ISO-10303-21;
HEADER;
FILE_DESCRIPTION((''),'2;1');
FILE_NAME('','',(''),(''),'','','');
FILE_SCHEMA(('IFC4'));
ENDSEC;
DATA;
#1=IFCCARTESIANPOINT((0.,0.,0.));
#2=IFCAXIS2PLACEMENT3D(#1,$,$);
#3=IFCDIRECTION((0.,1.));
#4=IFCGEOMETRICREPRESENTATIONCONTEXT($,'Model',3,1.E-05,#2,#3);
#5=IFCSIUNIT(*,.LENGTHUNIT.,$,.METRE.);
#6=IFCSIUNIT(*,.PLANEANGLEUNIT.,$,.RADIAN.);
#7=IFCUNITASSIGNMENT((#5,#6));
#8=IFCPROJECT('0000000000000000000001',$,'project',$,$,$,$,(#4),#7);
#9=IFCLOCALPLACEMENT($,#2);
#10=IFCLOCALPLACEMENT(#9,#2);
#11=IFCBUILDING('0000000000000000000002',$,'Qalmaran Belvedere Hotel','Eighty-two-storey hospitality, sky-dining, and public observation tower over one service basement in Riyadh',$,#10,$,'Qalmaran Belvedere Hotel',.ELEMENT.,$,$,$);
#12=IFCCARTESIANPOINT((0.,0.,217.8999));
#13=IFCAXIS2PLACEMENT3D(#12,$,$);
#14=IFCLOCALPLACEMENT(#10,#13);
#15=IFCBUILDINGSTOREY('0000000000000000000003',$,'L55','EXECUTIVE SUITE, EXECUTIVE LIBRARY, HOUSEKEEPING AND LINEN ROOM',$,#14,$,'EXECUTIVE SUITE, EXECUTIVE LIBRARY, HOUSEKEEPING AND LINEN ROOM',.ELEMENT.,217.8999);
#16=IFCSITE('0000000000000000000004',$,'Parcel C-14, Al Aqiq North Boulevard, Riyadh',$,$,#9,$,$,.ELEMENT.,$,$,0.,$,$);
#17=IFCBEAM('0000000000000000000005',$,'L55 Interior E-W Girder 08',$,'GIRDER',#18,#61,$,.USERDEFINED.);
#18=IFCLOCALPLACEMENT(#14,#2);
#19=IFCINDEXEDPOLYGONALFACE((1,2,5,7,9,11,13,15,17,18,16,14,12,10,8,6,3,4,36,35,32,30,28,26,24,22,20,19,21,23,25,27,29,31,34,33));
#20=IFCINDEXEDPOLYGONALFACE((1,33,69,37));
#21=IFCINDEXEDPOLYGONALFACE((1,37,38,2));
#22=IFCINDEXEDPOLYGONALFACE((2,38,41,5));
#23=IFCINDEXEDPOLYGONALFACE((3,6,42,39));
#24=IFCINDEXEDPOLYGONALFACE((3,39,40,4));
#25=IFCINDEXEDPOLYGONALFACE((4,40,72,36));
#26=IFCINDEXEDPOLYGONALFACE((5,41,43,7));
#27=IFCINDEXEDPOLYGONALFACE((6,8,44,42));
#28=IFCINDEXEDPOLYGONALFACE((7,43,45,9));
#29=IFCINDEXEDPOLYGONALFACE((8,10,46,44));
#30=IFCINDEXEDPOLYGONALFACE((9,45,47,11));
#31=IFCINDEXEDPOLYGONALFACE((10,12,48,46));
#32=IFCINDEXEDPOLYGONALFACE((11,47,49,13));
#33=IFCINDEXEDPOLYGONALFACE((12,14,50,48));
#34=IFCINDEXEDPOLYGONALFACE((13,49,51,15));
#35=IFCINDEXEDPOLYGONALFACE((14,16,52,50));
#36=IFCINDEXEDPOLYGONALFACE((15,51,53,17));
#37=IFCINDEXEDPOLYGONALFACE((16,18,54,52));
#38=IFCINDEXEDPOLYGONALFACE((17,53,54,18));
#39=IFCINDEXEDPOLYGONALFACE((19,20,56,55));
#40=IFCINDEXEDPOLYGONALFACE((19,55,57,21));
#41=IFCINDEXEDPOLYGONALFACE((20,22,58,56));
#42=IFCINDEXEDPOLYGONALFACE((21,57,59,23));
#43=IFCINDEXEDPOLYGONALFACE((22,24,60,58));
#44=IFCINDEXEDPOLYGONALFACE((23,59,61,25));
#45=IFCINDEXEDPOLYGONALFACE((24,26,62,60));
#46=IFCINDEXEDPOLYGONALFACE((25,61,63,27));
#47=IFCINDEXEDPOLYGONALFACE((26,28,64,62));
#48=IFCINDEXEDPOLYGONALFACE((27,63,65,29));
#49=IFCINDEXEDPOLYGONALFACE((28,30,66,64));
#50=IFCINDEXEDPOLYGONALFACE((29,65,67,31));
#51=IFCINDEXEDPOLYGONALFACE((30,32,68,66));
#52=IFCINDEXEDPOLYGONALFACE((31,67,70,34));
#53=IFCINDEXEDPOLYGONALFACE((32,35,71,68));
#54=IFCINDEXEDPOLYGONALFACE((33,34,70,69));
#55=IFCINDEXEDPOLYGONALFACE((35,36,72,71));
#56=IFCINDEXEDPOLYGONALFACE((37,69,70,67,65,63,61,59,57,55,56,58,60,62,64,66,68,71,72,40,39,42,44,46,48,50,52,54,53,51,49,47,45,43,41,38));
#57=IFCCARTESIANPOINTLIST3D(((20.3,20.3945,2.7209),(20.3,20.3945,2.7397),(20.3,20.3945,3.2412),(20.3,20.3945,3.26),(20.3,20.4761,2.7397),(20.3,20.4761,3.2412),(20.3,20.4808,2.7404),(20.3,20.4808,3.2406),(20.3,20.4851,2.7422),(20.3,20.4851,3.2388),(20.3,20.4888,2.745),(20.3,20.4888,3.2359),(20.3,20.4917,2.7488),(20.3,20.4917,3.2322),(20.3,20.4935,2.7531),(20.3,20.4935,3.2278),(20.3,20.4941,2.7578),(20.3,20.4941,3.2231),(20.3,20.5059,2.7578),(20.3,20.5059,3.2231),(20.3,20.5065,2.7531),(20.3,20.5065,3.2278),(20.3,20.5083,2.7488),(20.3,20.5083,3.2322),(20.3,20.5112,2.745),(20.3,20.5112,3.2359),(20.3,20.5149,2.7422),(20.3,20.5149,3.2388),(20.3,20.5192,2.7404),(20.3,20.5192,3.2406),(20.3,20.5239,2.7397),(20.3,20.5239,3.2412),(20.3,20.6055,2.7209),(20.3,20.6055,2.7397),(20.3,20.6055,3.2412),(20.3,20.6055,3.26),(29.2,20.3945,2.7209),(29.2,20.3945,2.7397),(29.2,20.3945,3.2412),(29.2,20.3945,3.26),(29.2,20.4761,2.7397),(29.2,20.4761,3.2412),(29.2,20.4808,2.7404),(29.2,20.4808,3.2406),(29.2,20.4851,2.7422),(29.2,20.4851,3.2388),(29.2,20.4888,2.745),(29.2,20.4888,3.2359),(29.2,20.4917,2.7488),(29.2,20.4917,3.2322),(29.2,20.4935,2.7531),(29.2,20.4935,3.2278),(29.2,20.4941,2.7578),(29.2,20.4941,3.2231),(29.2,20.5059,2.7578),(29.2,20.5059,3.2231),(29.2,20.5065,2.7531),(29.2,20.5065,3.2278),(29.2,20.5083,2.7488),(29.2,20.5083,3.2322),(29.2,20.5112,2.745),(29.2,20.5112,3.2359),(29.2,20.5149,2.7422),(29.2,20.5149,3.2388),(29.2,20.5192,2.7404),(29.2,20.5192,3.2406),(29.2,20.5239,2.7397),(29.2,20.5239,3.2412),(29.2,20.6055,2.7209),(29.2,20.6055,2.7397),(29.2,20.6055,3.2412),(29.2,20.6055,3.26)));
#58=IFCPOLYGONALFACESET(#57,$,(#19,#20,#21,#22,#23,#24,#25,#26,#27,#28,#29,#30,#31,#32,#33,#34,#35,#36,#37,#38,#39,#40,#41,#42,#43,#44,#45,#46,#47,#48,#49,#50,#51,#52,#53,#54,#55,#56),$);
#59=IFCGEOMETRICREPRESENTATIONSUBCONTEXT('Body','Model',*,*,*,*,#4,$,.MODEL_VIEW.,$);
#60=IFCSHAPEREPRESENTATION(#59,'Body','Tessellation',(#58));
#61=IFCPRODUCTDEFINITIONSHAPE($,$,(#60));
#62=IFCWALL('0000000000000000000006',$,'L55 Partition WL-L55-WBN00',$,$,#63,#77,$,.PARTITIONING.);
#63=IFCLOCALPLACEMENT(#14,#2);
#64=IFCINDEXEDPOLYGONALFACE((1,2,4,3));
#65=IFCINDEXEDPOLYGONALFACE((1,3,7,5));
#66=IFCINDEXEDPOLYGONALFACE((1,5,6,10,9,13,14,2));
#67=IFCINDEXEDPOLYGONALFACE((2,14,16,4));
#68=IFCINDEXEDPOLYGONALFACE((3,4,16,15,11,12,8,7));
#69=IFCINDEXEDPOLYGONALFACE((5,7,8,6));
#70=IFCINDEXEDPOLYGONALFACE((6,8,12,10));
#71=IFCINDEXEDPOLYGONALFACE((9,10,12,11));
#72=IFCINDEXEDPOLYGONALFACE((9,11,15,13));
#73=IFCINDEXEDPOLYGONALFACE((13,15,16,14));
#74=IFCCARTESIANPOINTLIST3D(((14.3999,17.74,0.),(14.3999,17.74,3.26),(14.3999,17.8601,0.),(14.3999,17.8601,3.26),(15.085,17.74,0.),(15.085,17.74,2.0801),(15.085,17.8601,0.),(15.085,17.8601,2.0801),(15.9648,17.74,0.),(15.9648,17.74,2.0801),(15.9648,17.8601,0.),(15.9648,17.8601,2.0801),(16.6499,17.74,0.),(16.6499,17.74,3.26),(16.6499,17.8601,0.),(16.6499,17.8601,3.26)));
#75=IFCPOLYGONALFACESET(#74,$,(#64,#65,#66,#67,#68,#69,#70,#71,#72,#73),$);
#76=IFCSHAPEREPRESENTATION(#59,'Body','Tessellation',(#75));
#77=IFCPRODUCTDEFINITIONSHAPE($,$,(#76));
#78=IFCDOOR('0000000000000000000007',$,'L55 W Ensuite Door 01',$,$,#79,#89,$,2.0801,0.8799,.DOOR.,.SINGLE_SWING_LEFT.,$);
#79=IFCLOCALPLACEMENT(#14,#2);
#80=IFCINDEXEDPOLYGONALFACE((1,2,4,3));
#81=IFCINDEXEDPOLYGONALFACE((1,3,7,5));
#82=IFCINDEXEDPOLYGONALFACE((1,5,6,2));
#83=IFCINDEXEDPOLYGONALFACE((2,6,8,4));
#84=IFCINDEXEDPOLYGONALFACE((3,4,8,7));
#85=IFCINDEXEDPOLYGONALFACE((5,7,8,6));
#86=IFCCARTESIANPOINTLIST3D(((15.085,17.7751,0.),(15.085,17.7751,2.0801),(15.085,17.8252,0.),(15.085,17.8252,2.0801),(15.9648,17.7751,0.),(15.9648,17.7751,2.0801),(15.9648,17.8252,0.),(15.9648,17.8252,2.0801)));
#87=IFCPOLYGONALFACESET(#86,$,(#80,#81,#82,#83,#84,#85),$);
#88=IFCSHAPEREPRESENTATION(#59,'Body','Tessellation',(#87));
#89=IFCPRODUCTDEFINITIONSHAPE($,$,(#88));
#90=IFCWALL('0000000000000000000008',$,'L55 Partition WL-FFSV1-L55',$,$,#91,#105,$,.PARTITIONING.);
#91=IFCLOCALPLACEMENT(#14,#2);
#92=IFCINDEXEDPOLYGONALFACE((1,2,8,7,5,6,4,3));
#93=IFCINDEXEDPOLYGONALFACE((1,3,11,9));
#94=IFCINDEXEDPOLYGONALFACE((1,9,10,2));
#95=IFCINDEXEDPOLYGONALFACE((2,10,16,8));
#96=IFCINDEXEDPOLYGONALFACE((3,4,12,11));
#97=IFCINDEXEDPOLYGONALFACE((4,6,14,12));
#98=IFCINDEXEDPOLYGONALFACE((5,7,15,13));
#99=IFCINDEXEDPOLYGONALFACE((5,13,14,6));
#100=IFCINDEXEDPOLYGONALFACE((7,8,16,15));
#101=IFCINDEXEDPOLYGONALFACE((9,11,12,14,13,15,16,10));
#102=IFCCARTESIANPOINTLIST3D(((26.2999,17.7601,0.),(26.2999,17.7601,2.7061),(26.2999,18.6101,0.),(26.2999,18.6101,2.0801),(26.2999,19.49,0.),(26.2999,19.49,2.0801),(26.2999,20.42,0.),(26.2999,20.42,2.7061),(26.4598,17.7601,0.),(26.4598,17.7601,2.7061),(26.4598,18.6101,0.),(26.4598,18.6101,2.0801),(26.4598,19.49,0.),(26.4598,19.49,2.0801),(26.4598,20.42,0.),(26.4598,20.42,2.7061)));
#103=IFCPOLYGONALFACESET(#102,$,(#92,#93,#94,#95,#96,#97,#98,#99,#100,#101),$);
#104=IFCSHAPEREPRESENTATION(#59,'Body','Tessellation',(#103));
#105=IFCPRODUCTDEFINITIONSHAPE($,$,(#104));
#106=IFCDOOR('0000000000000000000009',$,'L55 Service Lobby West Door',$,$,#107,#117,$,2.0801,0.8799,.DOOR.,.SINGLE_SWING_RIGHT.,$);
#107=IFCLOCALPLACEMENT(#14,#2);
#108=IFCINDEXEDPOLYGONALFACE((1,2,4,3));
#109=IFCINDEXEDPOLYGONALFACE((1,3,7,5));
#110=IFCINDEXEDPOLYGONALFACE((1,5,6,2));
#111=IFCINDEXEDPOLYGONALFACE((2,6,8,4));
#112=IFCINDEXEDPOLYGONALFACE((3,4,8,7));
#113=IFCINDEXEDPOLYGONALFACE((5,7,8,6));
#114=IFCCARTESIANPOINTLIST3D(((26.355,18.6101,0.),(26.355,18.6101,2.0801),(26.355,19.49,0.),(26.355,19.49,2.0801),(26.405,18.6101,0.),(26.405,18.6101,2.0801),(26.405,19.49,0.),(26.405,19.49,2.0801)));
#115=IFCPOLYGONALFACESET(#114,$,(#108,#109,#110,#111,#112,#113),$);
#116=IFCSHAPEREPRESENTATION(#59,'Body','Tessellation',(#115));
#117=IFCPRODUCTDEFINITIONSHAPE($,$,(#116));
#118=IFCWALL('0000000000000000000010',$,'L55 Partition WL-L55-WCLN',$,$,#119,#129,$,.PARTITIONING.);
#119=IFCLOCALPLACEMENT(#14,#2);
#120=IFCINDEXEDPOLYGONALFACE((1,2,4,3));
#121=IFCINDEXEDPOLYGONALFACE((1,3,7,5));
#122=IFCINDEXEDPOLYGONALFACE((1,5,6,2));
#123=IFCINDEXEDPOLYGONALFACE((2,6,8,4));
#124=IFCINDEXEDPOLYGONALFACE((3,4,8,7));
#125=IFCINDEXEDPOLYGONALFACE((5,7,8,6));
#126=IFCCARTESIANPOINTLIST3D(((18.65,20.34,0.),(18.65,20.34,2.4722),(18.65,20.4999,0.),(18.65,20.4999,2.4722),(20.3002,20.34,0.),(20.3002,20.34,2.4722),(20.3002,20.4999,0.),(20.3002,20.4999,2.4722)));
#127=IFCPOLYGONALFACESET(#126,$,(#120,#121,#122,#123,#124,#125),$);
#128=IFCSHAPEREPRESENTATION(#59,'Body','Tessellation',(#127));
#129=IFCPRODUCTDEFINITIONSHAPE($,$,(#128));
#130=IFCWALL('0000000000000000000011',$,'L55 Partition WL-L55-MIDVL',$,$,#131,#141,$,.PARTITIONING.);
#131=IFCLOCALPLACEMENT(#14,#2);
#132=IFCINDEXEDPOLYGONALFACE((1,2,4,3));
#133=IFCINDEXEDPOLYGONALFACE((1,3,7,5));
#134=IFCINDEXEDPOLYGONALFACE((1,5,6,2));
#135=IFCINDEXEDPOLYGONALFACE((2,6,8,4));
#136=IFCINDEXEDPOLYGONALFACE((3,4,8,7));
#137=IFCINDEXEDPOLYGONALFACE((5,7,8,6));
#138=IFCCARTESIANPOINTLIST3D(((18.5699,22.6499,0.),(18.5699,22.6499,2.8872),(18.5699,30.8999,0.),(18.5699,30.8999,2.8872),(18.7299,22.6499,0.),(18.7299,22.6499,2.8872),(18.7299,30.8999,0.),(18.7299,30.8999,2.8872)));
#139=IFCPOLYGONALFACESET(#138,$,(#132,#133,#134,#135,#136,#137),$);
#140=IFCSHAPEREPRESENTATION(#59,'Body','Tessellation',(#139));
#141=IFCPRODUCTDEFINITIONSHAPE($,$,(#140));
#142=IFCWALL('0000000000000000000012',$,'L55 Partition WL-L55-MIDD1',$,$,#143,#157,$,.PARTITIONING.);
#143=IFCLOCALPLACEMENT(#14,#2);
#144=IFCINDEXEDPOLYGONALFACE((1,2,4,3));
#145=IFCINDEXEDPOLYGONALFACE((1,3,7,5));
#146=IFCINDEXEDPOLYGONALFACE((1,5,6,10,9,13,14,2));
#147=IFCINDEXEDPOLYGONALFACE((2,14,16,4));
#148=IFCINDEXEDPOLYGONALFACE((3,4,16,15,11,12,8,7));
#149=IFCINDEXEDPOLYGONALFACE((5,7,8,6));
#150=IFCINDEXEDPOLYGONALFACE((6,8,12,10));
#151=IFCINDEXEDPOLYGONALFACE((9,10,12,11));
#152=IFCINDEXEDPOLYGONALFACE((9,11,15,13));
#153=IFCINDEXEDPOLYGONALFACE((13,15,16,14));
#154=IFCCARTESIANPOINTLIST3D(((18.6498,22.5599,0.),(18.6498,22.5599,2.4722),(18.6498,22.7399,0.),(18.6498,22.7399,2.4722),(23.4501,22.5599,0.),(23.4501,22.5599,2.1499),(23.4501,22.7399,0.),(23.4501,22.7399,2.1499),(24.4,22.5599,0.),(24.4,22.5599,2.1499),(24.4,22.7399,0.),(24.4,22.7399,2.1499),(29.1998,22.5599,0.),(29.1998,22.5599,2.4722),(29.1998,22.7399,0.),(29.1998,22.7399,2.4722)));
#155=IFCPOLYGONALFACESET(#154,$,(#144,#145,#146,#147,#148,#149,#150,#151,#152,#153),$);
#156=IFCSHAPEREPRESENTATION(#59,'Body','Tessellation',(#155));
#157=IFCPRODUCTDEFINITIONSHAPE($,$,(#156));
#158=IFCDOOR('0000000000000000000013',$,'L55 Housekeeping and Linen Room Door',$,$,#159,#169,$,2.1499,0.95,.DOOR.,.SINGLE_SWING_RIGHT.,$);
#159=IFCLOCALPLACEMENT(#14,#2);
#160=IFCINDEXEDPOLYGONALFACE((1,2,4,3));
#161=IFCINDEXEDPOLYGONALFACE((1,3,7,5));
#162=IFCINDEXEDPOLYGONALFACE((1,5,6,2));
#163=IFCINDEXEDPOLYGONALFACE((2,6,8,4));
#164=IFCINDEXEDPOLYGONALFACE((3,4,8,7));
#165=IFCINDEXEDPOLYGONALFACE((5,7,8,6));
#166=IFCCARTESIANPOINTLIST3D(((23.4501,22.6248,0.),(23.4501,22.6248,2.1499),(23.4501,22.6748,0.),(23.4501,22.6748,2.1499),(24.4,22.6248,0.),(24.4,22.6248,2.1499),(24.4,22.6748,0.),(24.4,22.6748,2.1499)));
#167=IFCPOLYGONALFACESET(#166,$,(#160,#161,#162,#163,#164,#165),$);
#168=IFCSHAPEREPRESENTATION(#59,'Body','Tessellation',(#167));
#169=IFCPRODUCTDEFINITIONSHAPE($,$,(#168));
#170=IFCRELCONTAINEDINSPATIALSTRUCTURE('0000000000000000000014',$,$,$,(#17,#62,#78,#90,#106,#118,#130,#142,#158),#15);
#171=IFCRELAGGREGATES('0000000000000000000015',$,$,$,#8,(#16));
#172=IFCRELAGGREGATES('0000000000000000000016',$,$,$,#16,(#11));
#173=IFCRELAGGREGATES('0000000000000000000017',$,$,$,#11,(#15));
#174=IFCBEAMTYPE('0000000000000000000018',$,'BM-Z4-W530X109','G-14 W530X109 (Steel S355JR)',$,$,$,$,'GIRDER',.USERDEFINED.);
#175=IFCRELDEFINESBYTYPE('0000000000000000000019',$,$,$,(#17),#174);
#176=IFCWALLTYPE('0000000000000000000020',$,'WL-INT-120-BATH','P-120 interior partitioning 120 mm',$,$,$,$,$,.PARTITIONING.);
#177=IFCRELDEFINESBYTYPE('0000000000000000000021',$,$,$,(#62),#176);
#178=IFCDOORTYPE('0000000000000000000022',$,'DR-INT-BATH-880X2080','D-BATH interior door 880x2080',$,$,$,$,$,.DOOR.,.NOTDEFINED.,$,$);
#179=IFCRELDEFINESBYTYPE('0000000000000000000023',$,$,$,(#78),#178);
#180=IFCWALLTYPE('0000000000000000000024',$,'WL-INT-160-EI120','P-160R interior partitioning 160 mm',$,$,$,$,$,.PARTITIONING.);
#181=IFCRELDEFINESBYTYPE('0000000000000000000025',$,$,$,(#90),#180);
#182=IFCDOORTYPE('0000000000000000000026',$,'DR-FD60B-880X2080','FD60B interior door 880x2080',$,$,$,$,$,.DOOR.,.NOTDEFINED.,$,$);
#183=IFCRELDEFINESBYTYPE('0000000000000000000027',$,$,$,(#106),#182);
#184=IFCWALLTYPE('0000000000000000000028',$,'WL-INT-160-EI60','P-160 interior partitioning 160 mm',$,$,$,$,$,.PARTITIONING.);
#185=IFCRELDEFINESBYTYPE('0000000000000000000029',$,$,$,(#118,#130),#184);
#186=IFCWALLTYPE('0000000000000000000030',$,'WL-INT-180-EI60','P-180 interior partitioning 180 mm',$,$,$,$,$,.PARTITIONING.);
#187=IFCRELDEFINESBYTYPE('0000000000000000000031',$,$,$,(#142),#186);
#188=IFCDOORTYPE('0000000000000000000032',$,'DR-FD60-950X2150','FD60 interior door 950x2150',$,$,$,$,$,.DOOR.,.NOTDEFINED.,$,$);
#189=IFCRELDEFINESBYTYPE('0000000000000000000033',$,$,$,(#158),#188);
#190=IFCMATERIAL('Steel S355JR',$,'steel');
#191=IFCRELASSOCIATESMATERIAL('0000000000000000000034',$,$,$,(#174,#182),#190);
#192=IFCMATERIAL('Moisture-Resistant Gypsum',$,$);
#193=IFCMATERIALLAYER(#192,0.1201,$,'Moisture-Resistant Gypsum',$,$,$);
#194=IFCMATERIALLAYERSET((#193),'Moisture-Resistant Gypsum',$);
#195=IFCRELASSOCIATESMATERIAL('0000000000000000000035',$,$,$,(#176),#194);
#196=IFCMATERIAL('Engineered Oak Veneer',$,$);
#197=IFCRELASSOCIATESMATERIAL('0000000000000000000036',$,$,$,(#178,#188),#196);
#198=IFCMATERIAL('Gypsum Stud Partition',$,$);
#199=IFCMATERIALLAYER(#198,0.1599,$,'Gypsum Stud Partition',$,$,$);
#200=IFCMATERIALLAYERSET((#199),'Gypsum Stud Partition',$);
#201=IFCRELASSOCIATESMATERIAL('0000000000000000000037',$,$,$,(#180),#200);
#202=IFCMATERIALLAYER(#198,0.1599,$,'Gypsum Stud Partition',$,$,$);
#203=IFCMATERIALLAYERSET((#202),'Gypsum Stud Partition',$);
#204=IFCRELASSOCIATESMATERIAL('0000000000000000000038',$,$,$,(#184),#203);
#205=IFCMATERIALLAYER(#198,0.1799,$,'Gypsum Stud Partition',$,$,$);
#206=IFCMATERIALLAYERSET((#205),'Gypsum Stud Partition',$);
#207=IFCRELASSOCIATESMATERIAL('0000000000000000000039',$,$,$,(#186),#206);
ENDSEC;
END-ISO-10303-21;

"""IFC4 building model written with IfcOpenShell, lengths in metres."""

from ifc_helpers import new_model, si_unit, direction, frame, frame_2d, origin, origin_2d, place, context, subcontext, project, spatial, rectangle, i_section, extrude, material, layer, layer_set, material_profile, profile_set, type_object, element, fill, save


model = new_model("IFC4")

# Units and contexts
model_context = context("Model", 3, precision=1e-05, world=origin(), true_north=direction((0.0, 1.0)))
body_context = subcontext(model_context, "Body", "Model", "MODEL_VIEW")
ifc_project = project(units=[si_unit("LENGTHUNIT", "METRE"), si_unit("PLANEANGLEUNIT", "RADIAN")], contexts=[model_context])

# Site, building, storey
site_placement = place(None, origin())
site = spatial("IfcSite", under=ifc_project, at=site_placement, Name="Parcel C-14, Al Aqiq North Boulevard, Riyadh", CompositionType="ELEMENT", RefElevation=0.0)
building_placement = place(site_placement, origin())
building = spatial("IfcBuilding", under=site, at=building_placement, Name="Qalmaran Belvedere Hotel", Description="Eighty-two-storey hospitality, sky-dining, and public observation tower over one service basement in Riyadh", LongName="Qalmaran Belvedere Hotel", CompositionType="ELEMENT")
storey_placement = place(building_placement, frame((0.0, 0.0, 217.8999)))
storey = spatial("IfcBuildingStorey", under=building, at=storey_placement, Name="L55", Description="EXECUTIVE SUITE, EXECUTIVE LIBRARY, HOUSEKEEPING AND LINEN ROOM", LongName="EXECUTIVE SUITE, EXECUTIVE LIBRARY, HOUSEKEEPING AND LINEN ROOM", CompositionType="ELEMENT", Elevation=217.8999)

# Beam
ifc_material_1 = material(Name="Steel S355JR", Category="steel")
ifc_material_profile_1 = material_profile(ifc_material_1, i_section(OverallWidth=0.2109, OverallDepth=0.5391, WebThickness=0.0117, FlangeThickness=0.0188, FilletRadius=0.0181, at=origin_2d()), Name="W530X109")
ifc_profile_set_1 = profile_set([ifc_material_profile_1], Name="Steel S355JR")
beam_type_1 = type_object("IfcBeamType", Name="BM-Z4-W530X109", Description="G-14 W530X109 (Steel S355JR)", ElementType="GIRDER", PredefinedType="USERDEFINED", material=ifc_profile_set_1)
beam_1_placement = place(storey_placement, frame((20.3, 20.5, 2.9905), z_axis=(1.0, 0.0, 0.0), x_axis=(0.0, 1.0, 0.0)))
element("IfcBeam", 1, at=beam_1_placement, inside=storey, type_object=beam_type_1, Name="L55 Interior E-W Girder 08", ObjectType="GIRDER", PredefinedType="USERDEFINED", context=body_context, shape_type="SweptSolid", body=[
    extrude(i_section(OverallWidth=0.2109, OverallDepth=0.5391, WebThickness=0.0117, FlangeThickness=0.0188, FilletRadius=0.0181, at=origin_2d()), origin(), (0.0, 0.0, 1.0), 8.8999),
])

# Walls, openings, doors
ifc_material_2 = material(Name="Moisture-Resistant Gypsum")
ifc_layer_1 = layer(ifc_material_2, 0.1201, Name="Moisture-Resistant Gypsum")
ifc_layer_set_1 = layer_set([ifc_layer_1], Name="Moisture-Resistant Gypsum")
wall_type_1 = type_object("IfcWallType", Name="WL-INT-120-BATH", Description="P-120 interior partitioning 120 mm", PredefinedType="PARTITIONING", material=ifc_layer_set_1)
wall_1_placement = place(storey_placement, frame((14.3999, 17.8, 0.0), z_axis=(0.0, 0.0, 1.0), x_axis=(1.0, 0.0, 0.0)))
wall_1 = element("IfcWall", 2, at=wall_1_placement, inside=storey, type_object=wall_type_1, Name="L55 Partition WL-L55-WBN00", PredefinedType="PARTITIONING", context=body_context, shape_type="SweptSolid", body=[
    extrude(rectangle(XDim=2.25, YDim=0.1201, at=frame_2d((1.125, 0.0))), origin(), (0.0, 0.0, 1.0), 3.26),
])
opening_1_placement = place(wall_1_placement, frame((1.5649, 0.0, 0.0), z_axis=(0.0, 0.0, 1.0), x_axis=(-1.0, 0.0, 0.0)))
opening_1 = element("IfcOpeningElement", 3, at=opening_1_placement, cuts=wall_1, PredefinedType="OPENING", context=body_context, shape_type="SweptSolid", body=[
    extrude(rectangle(XDim=0.8799, YDim=2.0801, at=frame_2d((0.4399, 1.04))), frame((0.0, 0.0701, 0.0), z_axis=(0.0, -1.0, 0.0), x_axis=(1.0, 0.0, 0.0)), (0.0, 0.0, 1.0), 0.1401),
])
ifc_material_3 = material(Name="Engineered Oak Veneer")
door_type_1 = type_object("IfcDoorType", Name="DR-INT-BATH-880X2080", Description="D-BATH interior door 880x2080", OperationType="NOTDEFINED", PredefinedType="DOOR", material=ifc_material_3)
door_1_placement = place(opening_1_placement, origin())
door_1 = element("IfcDoor", 4, at=door_1_placement, inside=storey, type_object=door_type_1, Name="L55 W Ensuite Door 01", OperationType="SINGLE_SWING_LEFT", OverallHeight=2.0801, OverallWidth=0.8799, PredefinedType="DOOR", context=body_context, shape_type="SweptSolid", body=[
    extrude(rectangle(XDim=0.8799, YDim=2.0801, at=frame_2d((0.4399, 1.04))), frame((0.0, 0.0249, 0.0), z_axis=(0.0, -1.0, 0.0), x_axis=(1.0, 0.0, 0.0)), (0.0, 0.0, 1.0), 0.05),
])
fill(opening_1, door_1)
ifc_material_4 = material(Name="Gypsum Stud Partition")
ifc_layer_2 = layer(ifc_material_4, 0.1599, Name="Gypsum Stud Partition")
ifc_layer_set_2 = layer_set([ifc_layer_2], Name="Gypsum Stud Partition")
wall_type_2 = type_object("IfcWallType", Name="WL-INT-160-EI120", Description="P-160R interior partitioning 160 mm", PredefinedType="PARTITIONING", material=ifc_layer_set_2)
wall_2_placement = place(storey_placement, frame((26.3799, 17.76, 0.0), z_axis=(0.0, 0.0, 1.0), x_axis=(0.0, 1.0, 0.0)))
wall_2 = element("IfcWall", 5, at=wall_2_placement, inside=storey, type_object=wall_type_2, Name="L55 Partition WL-FFSV1-L55", PredefinedType="PARTITIONING", context=body_context, shape_type="SweptSolid", body=[
    extrude(rectangle(XDim=2.6599, YDim=0.1599, at=frame_2d((1.3301, 0.0))), origin(), (0.0, 0.0, 1.0), 2.7061),
])
opening_2_placement = place(wall_2_placement, frame((0.8501, 0.0, 0.0)))
opening_2 = element("IfcOpeningElement", 6, at=opening_2_placement, cuts=wall_2, PredefinedType="OPENING", context=body_context, shape_type="SweptSolid", body=[
    extrude(rectangle(XDim=0.8799, YDim=2.0801, at=frame_2d((0.4399, 1.04))), frame((0.0, 0.0898, 0.0), z_axis=(0.0, -1.0, 0.0), x_axis=(1.0, 0.0, 0.0)), (0.0, 0.0, 1.0), 0.1799),
])
door_type_2 = type_object("IfcDoorType", Name="DR-FD60B-880X2080", Description="FD60B interior door 880x2080", OperationType="NOTDEFINED", PredefinedType="DOOR", material=ifc_material_1)
door_2_placement = place(opening_2_placement, origin())
door_2 = element("IfcDoor", 7, at=door_2_placement, inside=storey, type_object=door_type_2, Name="L55 Service Lobby West Door", OperationType="SINGLE_SWING_RIGHT", OverallHeight=2.0801, OverallWidth=0.8799, PredefinedType="DOOR", context=body_context, shape_type="SweptSolid", body=[
    extrude(rectangle(XDim=0.8799, YDim=2.0801, at=frame_2d((0.4399, 1.04))), frame((0.0, 0.0249, 0.0), z_axis=(0.0, -1.0, 0.0), x_axis=(1.0, 0.0, 0.0)), (0.0, 0.0, 1.0), 0.05),
])
fill(opening_2, door_2)

# Walls
ifc_layer_3 = layer(ifc_material_4, 0.1599, Name="Gypsum Stud Partition")
ifc_layer_set_3 = layer_set([ifc_layer_3], Name="Gypsum Stud Partition")
wall_type_3 = type_object("IfcWallType", Name="WL-INT-160-EI60", Description="P-160 interior partitioning 160 mm", PredefinedType="PARTITIONING", material=ifc_layer_set_3)
wall_3_placement = place(storey_placement, frame((18.6499, 20.4199, 0.0), z_axis=(0.0, 0.0, 1.0), x_axis=(1.0, 0.0, 0.0)))
element("IfcWall", 8, at=wall_3_placement, inside=storey, type_object=wall_type_3, Name="L55 Partition WL-L55-WCLN", PredefinedType="PARTITIONING", context=body_context, shape_type="SweptSolid", body=[
    extrude(rectangle(XDim=1.6501, YDim=0.1599, at=frame_2d((0.8252, 0.0))), origin(), (0.0, 0.0, 1.0), 2.4722),
])
wall_4_placement = place(storey_placement, frame((18.6499, 22.6499, 0.0), z_axis=(0.0, 0.0, 1.0), x_axis=(0.0, 1.0, 0.0)))
element("IfcWall", 9, at=wall_4_placement, inside=storey, type_object=wall_type_3, Name="L55 Partition WL-L55-MIDVL", PredefinedType="PARTITIONING", context=body_context, shape_type="SweptSolid", body=[
    extrude(rectangle(XDim=8.25, YDim=0.1599, at=frame_2d((4.125, 0.0))), origin(), (0.0, 0.0, 1.0), 2.8872),
])

# Wall, opening, door
ifc_layer_4 = layer(ifc_material_4, 0.1799, Name="Gypsum Stud Partition")
ifc_layer_set_4 = layer_set([ifc_layer_4], Name="Gypsum Stud Partition")
wall_type_4 = type_object("IfcWallType", Name="WL-INT-180-EI60", Description="P-180 interior partitioning 180 mm", PredefinedType="PARTITIONING", material=ifc_layer_set_4)
wall_5_placement = place(storey_placement, frame((18.6499, 22.6499, 0.0), z_axis=(0.0, 0.0, 1.0), x_axis=(1.0, 0.0, 0.0)))
wall_5 = element("IfcWall", 10, at=wall_5_placement, inside=storey, type_object=wall_type_4, Name="L55 Partition WL-L55-MIDD1", PredefinedType="PARTITIONING", context=body_context, shape_type="SweptSolid", body=[
    extrude(rectangle(XDim=10.55, YDim=0.1799, at=frame_2d((5.2749, 0.0))), origin(), (0.0, 0.0, 1.0), 2.4722),
])
opening_3_placement = place(wall_5_placement, frame((4.8, 0.0, 0.0)))
opening_3 = element("IfcOpeningElement", 11, at=opening_3_placement, cuts=wall_5, PredefinedType="OPENING", context=body_context, shape_type="SweptSolid", body=[
    extrude(rectangle(XDim=0.95, YDim=2.1499, at=frame_2d((0.4751, 1.075))), frame((0.0, 0.1001, 0.0), z_axis=(0.0, -1.0, 0.0), x_axis=(1.0, 0.0, 0.0)), (0.0, 0.0, 1.0), 0.2),
])
door_type_3 = type_object("IfcDoorType", Name="DR-FD60-950X2150", Description="FD60 interior door 950x2150", OperationType="NOTDEFINED", PredefinedType="DOOR", material=ifc_material_3)
door_3_placement = place(opening_3_placement, origin())
door_3 = element("IfcDoor", 12, at=door_3_placement, inside=storey, type_object=door_type_3, Name="L55 Housekeeping and Linen Room Door", OperationType="SINGLE_SWING_RIGHT", OverallHeight=2.1499, OverallWidth=0.95, PredefinedType="DOOR", context=body_context, shape_type="SweptSolid", body=[
    extrude(rectangle(XDim=0.95, YDim=2.1499, at=frame_2d((0.4751, 1.075))), frame((0.0, 0.0249, 0.0), z_axis=(0.0, -1.0, 0.0), x_axis=(1.0, 0.0, 0.0)), (0.0, 0.0, 1.0), 0.05),
])
fill(opening_3, door_3)

save(model, "model.ifc")
